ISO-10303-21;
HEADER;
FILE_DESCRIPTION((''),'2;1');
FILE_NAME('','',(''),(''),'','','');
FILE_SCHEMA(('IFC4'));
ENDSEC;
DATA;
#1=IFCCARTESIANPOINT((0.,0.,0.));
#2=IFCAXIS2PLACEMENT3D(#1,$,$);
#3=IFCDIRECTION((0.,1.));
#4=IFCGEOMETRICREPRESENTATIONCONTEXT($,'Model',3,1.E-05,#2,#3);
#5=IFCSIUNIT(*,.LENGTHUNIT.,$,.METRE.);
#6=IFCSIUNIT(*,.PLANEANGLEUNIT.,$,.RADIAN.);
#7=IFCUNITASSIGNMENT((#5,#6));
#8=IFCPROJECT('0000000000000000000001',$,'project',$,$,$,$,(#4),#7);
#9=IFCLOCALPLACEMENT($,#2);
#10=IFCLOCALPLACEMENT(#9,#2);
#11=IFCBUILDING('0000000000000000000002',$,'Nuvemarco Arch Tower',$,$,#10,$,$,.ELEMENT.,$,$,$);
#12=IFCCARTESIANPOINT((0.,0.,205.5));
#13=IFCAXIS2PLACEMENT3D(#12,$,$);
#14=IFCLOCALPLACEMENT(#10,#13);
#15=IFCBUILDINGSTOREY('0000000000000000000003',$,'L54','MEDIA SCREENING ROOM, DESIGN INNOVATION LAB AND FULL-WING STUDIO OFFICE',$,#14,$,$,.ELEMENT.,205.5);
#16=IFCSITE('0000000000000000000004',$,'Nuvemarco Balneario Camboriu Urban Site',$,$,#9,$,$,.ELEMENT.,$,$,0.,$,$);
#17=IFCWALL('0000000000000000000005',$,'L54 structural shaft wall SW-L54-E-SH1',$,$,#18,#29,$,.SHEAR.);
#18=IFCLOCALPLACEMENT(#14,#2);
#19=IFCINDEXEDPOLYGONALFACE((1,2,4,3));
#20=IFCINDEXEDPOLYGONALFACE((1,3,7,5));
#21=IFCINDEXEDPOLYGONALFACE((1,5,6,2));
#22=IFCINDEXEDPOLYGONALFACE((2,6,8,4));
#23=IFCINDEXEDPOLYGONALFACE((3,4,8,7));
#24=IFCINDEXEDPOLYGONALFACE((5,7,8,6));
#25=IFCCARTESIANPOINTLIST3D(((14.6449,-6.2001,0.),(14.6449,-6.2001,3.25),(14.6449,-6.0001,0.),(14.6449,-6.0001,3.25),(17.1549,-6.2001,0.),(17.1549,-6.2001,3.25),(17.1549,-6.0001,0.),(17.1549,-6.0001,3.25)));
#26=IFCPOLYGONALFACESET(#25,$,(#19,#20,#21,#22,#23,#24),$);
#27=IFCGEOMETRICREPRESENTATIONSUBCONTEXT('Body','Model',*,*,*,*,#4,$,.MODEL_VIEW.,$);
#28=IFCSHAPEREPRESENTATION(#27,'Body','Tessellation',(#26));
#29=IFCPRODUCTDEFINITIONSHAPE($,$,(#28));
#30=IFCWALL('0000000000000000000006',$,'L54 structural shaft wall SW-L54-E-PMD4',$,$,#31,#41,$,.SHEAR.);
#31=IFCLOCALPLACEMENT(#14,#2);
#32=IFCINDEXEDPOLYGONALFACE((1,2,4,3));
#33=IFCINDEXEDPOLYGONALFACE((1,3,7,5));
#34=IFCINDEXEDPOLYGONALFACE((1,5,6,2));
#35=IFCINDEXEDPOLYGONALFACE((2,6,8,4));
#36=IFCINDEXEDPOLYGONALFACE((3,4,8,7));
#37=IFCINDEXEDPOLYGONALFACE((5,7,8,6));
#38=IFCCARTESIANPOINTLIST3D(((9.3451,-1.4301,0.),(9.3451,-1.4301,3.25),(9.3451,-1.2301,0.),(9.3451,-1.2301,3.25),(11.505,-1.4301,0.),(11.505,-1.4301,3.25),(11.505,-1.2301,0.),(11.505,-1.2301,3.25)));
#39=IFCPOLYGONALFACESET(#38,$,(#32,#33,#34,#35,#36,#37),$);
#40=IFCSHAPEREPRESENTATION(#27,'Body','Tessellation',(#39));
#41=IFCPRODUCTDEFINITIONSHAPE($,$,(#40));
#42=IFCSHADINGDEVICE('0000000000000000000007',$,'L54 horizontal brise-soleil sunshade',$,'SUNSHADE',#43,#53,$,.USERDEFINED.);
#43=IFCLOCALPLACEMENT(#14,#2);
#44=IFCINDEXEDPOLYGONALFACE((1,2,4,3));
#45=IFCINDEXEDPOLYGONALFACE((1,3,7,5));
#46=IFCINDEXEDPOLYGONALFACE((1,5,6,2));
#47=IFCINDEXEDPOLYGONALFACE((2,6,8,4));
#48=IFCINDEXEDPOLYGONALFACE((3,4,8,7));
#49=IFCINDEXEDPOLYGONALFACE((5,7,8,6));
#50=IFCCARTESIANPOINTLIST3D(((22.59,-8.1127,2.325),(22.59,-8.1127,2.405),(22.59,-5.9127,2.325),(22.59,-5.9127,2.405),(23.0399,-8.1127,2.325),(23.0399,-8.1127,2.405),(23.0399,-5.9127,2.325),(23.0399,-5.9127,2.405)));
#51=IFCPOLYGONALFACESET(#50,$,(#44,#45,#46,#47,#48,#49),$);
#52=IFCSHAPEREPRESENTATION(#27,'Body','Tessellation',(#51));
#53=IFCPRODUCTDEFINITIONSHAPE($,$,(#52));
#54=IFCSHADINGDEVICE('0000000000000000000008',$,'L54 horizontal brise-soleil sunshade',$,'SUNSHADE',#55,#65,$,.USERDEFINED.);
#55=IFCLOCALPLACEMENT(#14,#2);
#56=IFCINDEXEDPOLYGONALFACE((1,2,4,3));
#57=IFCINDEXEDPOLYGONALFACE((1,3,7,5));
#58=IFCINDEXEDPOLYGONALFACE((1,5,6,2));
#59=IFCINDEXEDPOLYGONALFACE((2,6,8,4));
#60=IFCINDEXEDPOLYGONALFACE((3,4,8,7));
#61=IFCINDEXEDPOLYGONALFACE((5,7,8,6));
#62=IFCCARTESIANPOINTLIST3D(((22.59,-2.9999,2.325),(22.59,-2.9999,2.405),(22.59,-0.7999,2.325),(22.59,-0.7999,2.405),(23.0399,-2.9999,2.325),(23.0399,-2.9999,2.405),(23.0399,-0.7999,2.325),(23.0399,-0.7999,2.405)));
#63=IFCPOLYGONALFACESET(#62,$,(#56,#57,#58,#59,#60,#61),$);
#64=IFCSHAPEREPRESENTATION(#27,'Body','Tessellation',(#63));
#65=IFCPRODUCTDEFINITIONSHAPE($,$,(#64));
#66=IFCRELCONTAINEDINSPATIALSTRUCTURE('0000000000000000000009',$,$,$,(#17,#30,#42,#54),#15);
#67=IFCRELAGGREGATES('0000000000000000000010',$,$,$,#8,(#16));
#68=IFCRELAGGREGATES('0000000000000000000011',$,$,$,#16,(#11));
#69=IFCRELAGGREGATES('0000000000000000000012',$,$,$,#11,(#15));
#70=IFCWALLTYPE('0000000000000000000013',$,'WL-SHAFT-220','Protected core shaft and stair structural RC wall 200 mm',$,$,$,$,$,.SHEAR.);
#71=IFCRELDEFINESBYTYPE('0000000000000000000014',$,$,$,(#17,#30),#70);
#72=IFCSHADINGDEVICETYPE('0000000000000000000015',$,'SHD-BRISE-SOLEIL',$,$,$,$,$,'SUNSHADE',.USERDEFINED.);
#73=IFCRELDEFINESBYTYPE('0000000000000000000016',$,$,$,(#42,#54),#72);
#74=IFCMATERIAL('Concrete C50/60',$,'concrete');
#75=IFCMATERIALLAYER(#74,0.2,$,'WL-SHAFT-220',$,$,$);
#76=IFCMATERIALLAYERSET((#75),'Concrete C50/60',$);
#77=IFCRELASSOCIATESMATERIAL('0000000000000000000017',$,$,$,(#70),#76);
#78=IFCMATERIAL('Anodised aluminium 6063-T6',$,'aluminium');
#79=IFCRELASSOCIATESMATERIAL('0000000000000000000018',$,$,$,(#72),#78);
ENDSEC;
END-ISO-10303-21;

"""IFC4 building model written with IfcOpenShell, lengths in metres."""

from ifc_helpers import new_model, si_unit, direction, frame, frame_2d, origin, origin_2d, place, context, subcontext, project, spatial, rectangle, extrude, source, transform, mapped, material, layer, layer_set, type_object, type_shapes, element, save


model = new_model("IFC4")

# Units and contexts
model_context = context("Model", 3, precision=1e-05, world=origin(), true_north=direction((0.0, 1.0)))
body_context = subcontext(model_context, "Body", "Model", "MODEL_VIEW")
ifc_project = project(units=[si_unit("LENGTHUNIT", "METRE"), si_unit("PLANEANGLEUNIT", "RADIAN")], contexts=[model_context])

# Site, building, storey
site_placement = place(None, origin())
site = spatial("IfcSite", under=ifc_project, at=site_placement, Name="Nuvemarco Balneario Camboriu Urban Site", CompositionType="ELEMENT", RefElevation=0.0)
building_placement = place(site_placement, origin())
building = spatial("IfcBuilding", under=site, at=building_placement, Name="Nuvemarco Arch Tower", CompositionType="ELEMENT")
storey_placement = place(building_placement, frame((0.0, 0.0, 205.5)))
storey = spatial("IfcBuildingStorey", under=building, at=storey_placement, Name="L54", Description="MEDIA SCREENING ROOM, DESIGN INNOVATION LAB AND FULL-WING STUDIO OFFICE", CompositionType="ELEMENT", Elevation=205.5)

# Shared definitions
ifc_material_1 = material(Name="Concrete C50/60", Category="concrete")

# Shared definitions
ifc_layer_1 = layer(ifc_material_1, 0.2, Name="WL-SHAFT-220")
ifc_layer_set_1 = layer_set([ifc_layer_1], Name="Concrete C50/60")
wall_type_1 = type_object("IfcWallType", Name="WL-SHAFT-220", Description="Protected core shaft and stair structural RC wall 200 mm", PredefinedType="SHEAR", material=ifc_layer_set_1)

# Wall
wall_1_placement = place(storey_placement, frame((14.645, -6.1001, 0.0), z_axis=(0.0, 0.0, 1.0), x_axis=(1.0, 0.0, 0.0)))
element("IfcWall", 1, at=wall_1_placement, inside=storey, type_object=wall_type_1, Name="L54 structural shaft wall SW-L54-E-SH1", PredefinedType="SHEAR", context=body_context, shape_type="SweptSolid", body=[
    extrude(rectangle(XDim=2.51, YDim=0.2, at=frame_2d((1.2549, 0.0))), origin(), (0.0, 0.0, 1.0), 3.25),
])

# Wall
wall_2_placement = place(storey_placement, frame((9.345, -1.3301, 0.0), z_axis=(0.0, 0.0, 1.0), x_axis=(1.0, 0.0, 0.0)))
element("IfcWall", 2, at=wall_2_placement, inside=storey, type_object=wall_type_1, Name="L54 structural shaft wall SW-L54-E-PMD4", PredefinedType="SHEAR", context=body_context, shape_type="SweptSolid", body=[
    extrude(rectangle(XDim=2.1599, YDim=0.2, at=frame_2d((1.0801, 0.0))), origin(), (0.0, 0.0, 1.0), 3.25),
])

# Shading devices
ifc_material_2 = material(Name="Anodised aluminium 6063-T6", Category="aluminium")
shading_device_type = type_object("IfcShadingDeviceType", Name="SHD-BRISE-SOLEIL", ElementType="SUNSHADE", PredefinedType="USERDEFINED", material=ifc_material_2)
shared_shape_1 = source(origin(), body_context, "Body", "SweptSolid", [
    extrude(rectangle(XDim=2.2, YDim=0.45, at=origin_2d()), origin(), (0.0, 0.0, 1.0), 0.0801),
])
type_shapes(shading_device_type, [shared_shape_1])
for number, where, z_axis, x_axis, name in (
    (3, (22.8149, -7.0127, 2.325), (0.0, 0.0, 1.0), (0.0, 1.0, 0.0), "L54 horizontal brise-soleil sunshade"),
    (4, (22.8149, -1.8999, 2.325), (0.0, 0.0, 1.0), (0.0, 1.0, 0.0), "L54 horizontal brise-soleil sunshade"),
):
    element("IfcShadingDevice", number, at=place(storey_placement, frame(where, z_axis=z_axis, x_axis=x_axis)), inside=storey, type_object=shading_device_type, Name=name, ObjectType="SUNSHADE", PredefinedType="USERDEFINED", context=body_context, shape_type="MappedRepresentation", body=[
        mapped(shared_shape_1, transform((0.0, 0.0, 0.0), scale=1.0)),
    ])

save(model, "model.ifc")
